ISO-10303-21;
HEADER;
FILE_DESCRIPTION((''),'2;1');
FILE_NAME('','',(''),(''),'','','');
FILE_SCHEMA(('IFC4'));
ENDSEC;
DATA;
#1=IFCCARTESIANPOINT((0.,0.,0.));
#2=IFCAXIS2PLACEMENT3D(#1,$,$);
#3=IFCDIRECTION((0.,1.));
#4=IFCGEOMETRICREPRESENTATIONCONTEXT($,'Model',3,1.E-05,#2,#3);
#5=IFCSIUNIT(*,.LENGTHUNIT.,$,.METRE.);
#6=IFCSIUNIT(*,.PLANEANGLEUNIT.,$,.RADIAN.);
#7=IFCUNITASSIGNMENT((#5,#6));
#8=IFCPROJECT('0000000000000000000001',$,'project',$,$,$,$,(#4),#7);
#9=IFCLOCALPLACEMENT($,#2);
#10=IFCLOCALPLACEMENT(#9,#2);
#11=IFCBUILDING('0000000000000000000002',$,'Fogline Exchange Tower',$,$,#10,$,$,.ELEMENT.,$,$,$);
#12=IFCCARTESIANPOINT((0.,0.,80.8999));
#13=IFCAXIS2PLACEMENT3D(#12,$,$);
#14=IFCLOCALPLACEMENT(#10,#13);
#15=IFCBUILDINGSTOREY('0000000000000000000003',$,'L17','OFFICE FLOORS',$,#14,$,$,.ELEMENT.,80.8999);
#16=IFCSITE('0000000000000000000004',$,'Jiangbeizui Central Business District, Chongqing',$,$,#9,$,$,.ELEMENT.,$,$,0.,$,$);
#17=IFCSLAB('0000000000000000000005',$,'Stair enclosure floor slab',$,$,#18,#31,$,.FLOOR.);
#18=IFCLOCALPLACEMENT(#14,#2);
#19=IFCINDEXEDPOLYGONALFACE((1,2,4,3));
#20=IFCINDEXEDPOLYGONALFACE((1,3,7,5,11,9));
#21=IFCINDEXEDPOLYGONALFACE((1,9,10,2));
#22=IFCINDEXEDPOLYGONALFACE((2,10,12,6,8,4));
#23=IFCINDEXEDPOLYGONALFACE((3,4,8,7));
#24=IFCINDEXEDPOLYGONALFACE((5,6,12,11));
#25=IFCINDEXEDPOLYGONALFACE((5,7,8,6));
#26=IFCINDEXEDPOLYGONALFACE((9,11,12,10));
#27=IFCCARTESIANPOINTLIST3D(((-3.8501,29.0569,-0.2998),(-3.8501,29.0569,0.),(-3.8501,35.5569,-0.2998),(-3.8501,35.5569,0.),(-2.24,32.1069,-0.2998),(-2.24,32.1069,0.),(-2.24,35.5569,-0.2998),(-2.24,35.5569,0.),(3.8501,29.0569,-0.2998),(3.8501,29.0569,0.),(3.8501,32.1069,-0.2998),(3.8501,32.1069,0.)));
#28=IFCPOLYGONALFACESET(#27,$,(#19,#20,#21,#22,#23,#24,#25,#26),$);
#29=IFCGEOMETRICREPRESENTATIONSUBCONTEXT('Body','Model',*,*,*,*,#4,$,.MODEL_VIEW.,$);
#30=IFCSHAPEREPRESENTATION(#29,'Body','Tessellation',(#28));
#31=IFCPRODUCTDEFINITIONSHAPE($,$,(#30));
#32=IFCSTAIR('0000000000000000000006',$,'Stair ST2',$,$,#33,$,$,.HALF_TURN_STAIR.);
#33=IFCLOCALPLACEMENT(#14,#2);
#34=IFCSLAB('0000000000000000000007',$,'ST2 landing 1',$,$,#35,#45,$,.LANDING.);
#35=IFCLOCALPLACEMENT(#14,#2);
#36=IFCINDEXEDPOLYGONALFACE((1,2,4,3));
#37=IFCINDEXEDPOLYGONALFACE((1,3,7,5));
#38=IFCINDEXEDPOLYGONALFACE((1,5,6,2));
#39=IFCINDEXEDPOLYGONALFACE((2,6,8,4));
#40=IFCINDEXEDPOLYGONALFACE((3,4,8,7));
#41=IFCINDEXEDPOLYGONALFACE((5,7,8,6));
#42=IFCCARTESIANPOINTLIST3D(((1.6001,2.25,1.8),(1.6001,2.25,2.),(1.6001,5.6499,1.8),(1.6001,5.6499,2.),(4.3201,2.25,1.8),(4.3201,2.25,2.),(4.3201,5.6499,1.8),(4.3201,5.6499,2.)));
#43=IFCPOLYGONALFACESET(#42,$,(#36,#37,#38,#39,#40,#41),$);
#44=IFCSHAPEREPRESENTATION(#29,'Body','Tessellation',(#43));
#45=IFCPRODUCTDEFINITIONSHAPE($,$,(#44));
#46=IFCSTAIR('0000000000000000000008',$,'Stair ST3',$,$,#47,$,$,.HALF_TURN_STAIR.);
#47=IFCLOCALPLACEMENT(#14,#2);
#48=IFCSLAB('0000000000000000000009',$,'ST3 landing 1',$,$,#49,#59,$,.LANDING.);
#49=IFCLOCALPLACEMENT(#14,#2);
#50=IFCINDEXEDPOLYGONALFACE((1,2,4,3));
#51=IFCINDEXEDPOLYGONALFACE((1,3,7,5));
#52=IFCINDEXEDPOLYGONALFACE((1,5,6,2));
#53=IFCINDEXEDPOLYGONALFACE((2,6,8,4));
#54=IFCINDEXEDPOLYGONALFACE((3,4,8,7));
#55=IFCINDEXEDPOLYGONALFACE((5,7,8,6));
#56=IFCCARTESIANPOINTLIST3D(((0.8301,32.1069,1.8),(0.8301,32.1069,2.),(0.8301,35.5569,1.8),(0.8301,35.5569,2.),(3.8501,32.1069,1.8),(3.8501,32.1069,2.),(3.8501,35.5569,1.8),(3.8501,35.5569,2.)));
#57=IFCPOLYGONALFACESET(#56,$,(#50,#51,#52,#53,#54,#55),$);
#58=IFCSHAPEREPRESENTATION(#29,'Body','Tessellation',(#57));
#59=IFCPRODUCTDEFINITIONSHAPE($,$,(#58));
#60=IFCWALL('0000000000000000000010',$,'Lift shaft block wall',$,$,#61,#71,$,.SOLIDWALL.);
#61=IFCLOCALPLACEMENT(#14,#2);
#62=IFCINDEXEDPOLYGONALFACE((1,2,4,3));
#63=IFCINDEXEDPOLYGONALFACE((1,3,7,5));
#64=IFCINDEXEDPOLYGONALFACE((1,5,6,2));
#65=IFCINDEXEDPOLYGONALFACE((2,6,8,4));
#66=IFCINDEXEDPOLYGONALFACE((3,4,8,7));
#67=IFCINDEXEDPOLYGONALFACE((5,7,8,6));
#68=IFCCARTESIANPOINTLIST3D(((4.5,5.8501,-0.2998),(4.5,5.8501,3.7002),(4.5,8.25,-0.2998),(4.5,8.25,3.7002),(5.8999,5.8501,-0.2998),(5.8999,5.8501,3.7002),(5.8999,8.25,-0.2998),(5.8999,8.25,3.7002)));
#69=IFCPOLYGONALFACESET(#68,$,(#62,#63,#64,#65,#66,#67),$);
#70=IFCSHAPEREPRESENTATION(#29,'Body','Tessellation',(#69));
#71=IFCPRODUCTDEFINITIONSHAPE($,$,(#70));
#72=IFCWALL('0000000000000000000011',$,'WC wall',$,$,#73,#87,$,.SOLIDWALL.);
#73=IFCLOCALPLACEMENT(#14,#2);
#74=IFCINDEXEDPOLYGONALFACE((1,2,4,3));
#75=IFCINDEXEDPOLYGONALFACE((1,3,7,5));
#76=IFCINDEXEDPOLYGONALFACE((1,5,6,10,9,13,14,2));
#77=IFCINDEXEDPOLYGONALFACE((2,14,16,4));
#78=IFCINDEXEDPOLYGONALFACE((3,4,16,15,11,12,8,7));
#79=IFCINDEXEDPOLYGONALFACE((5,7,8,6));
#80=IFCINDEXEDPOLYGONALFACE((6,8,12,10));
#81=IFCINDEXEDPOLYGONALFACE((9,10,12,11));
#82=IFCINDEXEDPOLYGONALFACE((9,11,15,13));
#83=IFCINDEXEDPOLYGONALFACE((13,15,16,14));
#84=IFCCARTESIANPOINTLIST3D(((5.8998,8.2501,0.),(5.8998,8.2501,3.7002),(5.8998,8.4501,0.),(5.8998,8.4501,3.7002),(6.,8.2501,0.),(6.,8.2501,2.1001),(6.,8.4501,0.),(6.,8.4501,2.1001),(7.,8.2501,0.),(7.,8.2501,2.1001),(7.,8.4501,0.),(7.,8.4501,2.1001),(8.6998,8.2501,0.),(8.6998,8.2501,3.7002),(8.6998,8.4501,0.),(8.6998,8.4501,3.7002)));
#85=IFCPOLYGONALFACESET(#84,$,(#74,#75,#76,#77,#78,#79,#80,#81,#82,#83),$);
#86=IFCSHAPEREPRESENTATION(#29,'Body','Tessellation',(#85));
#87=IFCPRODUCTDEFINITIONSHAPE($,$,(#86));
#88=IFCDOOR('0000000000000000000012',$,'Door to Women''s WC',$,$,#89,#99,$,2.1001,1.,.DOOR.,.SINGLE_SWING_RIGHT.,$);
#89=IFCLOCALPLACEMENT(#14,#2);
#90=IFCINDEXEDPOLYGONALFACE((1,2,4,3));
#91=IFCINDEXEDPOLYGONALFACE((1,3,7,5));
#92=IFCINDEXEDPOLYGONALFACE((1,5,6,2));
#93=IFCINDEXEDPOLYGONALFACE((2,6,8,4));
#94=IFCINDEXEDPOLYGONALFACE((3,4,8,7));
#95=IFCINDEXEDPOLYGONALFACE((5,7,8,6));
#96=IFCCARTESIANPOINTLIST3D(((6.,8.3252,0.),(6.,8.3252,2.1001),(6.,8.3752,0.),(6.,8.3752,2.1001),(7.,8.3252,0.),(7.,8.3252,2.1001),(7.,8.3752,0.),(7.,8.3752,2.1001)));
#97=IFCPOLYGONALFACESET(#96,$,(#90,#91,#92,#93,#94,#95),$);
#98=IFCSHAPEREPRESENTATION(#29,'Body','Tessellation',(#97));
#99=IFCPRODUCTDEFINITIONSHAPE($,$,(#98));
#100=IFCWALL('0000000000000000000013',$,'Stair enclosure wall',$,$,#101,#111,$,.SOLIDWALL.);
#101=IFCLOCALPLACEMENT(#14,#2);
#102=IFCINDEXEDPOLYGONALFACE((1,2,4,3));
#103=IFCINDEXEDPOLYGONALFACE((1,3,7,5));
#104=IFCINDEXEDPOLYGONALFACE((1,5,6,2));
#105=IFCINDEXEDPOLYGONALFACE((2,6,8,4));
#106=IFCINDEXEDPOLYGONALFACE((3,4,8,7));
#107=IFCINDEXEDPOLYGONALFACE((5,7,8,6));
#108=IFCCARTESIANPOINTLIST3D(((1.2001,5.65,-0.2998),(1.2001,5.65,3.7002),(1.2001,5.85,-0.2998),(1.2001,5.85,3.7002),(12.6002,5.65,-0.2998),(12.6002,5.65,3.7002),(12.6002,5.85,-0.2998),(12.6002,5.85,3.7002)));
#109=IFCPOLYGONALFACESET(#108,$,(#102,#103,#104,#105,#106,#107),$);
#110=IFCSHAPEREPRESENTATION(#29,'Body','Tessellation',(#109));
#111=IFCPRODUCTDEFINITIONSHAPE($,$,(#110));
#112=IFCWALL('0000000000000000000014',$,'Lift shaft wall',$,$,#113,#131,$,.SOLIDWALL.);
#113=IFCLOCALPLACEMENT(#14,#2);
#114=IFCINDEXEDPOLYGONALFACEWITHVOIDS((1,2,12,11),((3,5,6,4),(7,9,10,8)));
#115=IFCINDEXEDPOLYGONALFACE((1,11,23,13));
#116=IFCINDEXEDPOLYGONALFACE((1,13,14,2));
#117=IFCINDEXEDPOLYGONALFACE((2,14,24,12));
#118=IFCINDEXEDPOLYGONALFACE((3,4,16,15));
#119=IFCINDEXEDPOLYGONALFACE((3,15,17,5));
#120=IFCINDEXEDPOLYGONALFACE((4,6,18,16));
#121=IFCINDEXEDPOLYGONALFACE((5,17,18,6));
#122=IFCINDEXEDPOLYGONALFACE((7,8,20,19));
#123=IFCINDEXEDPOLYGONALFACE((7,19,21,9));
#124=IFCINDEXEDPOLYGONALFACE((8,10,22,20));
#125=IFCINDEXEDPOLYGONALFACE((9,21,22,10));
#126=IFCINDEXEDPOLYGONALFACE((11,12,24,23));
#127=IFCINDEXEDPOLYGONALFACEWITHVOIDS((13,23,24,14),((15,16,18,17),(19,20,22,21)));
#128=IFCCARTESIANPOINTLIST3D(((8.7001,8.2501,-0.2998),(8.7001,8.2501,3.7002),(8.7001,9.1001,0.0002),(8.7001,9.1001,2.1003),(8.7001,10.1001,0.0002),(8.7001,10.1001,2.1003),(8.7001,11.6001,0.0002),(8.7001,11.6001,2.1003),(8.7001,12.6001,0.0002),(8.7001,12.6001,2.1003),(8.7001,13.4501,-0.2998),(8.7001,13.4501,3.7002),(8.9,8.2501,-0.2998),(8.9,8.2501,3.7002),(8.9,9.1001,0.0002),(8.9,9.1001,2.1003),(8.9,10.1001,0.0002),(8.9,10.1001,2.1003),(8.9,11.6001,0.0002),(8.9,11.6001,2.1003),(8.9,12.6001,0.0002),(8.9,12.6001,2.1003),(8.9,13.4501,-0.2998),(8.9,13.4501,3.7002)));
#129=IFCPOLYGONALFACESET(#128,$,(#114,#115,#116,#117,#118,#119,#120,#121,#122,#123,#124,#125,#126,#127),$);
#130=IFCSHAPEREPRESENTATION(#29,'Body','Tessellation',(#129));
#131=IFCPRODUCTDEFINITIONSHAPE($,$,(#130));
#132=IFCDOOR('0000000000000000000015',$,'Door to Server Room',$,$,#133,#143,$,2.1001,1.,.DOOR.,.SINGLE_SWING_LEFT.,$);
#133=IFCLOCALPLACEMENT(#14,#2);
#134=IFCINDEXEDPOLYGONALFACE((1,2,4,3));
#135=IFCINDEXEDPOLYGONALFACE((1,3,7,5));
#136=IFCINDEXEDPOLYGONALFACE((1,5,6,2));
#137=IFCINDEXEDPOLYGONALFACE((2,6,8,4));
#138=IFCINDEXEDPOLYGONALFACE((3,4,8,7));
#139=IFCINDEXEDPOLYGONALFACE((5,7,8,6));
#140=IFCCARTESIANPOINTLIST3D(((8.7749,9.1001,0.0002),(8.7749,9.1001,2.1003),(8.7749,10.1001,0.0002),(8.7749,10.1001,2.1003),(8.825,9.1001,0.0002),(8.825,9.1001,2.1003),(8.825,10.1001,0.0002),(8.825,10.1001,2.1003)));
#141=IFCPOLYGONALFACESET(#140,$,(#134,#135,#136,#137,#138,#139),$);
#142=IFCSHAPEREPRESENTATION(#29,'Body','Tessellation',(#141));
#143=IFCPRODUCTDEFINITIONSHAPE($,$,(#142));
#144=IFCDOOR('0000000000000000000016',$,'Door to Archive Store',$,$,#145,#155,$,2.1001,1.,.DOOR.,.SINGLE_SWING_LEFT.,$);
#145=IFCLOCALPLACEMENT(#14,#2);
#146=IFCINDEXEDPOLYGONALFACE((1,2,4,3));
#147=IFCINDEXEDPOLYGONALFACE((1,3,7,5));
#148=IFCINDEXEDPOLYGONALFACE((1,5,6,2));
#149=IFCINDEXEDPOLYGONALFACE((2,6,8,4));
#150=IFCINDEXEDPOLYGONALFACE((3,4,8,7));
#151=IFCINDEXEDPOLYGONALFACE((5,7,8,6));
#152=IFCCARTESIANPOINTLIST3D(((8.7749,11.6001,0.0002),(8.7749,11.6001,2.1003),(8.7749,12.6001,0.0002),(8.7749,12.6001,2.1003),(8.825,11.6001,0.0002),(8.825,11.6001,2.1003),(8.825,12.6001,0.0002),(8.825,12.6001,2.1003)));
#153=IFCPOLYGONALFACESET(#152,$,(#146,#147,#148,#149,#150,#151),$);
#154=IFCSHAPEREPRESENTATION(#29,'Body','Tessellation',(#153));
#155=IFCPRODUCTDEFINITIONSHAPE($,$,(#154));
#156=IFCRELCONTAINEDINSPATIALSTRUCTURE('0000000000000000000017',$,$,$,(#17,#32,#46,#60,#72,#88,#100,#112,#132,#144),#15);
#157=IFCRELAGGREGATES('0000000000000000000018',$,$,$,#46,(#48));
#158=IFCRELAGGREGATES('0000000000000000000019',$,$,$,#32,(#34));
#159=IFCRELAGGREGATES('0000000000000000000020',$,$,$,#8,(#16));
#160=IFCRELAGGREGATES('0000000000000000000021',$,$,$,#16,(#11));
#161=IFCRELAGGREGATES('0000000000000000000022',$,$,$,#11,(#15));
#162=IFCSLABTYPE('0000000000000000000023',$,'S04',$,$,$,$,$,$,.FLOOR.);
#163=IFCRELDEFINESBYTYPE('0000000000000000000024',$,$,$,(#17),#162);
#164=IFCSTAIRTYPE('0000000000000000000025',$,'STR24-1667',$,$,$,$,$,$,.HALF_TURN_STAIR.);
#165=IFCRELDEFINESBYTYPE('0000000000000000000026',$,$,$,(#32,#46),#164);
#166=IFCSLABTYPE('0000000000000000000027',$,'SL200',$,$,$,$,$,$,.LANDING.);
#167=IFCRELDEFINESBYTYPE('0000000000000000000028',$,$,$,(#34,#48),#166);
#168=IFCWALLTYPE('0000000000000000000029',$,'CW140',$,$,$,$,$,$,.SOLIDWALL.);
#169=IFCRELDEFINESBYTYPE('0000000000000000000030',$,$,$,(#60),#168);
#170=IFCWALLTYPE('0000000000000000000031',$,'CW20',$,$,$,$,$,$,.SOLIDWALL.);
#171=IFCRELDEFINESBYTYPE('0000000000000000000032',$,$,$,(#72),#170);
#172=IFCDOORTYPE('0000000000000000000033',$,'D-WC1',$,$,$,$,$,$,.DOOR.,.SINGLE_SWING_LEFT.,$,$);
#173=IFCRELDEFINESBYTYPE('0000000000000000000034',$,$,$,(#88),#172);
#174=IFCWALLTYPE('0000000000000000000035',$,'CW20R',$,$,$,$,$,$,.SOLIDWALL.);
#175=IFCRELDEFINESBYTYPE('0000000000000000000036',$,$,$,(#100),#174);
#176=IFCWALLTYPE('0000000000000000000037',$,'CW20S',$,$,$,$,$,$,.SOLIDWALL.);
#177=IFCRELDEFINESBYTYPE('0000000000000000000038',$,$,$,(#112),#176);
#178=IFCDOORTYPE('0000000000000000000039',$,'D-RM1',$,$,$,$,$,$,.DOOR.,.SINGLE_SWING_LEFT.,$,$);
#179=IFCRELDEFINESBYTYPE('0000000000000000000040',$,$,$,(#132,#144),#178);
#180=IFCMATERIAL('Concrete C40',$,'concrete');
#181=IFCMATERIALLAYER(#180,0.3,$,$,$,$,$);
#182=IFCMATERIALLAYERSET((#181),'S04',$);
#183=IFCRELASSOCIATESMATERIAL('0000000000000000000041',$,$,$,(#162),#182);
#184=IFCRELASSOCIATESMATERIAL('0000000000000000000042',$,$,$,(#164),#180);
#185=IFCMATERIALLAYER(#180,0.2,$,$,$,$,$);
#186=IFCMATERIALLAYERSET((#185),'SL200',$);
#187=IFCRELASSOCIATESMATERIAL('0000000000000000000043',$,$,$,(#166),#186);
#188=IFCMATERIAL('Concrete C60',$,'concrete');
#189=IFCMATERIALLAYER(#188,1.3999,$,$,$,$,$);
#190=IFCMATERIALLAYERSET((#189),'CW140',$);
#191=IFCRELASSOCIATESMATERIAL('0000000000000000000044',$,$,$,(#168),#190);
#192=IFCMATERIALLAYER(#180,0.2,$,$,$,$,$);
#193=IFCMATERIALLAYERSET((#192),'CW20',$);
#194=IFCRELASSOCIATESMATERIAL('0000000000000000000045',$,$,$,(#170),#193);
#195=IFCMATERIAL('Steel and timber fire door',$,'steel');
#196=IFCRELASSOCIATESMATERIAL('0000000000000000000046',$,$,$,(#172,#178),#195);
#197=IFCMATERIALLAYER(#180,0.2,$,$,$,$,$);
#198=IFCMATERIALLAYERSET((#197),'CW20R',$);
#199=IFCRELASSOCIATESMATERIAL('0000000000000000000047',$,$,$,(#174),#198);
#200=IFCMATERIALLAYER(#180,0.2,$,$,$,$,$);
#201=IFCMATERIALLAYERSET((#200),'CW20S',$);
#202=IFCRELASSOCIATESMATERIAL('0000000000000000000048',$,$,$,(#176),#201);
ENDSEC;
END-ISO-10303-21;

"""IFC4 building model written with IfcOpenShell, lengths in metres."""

from ifc_helpers import new_model, si_unit, direction, frame, frame_2d, origin, place, context, subcontext, project, spatial, polyline, rectangle, outline, extrude, material, layer, layer_set, type_object, element, fill, aggregate, save


model = new_model("IFC4")

# Units and contexts
model_context = context("Model", 3, precision=1e-05, world=origin(), true_north=direction((0.0, 1.0)))
body_context = subcontext(model_context, "Body", "Model", "MODEL_VIEW")
ifc_project = project(units=[si_unit("LENGTHUNIT", "METRE"), si_unit("PLANEANGLEUNIT", "RADIAN")], contexts=[model_context])

# Site, building, storey
site_placement = place(None, origin())
site = spatial("IfcSite", under=ifc_project, at=site_placement, Name="Jiangbeizui Central Business District, Chongqing", CompositionType="ELEMENT", RefElevation=0.0)
building_placement = place(site_placement, origin())
building = spatial("IfcBuilding", under=site, at=building_placement, Name="Fogline Exchange Tower", CompositionType="ELEMENT")
storey_placement = place(building_placement, frame((0.0, 0.0, 80.8999)))
storey = spatial("IfcBuildingStorey", under=building, at=storey_placement, Name="L17", Description="OFFICE FLOORS", CompositionType="ELEMENT", Elevation=80.8999)

# Slab
ifc_material_1 = material(Name="Concrete C40", Category="concrete")
ifc_layer_1 = layer(ifc_material_1, 0.3)
ifc_layer_set_1 = layer_set([ifc_layer_1], Name="S04")
slab_type_1 = type_object("IfcSlabType", Name="S04", PredefinedType="FLOOR", material=ifc_layer_set_1)
slab_1_placement = place(storey_placement, frame((0.0, 0.0, -0.2998)))
element("IfcSlab", 1, at=slab_1_placement, inside=storey, type_object=slab_type_1, Name="Stair enclosure floor slab", PredefinedType="FLOOR", context=body_context, shape_type="SweptSolid", body=[
    extrude(outline(polyline([(3.8501, 29.0569), (-3.8501, 29.0569), (-3.8501, 35.5569), (-2.24, 35.5569), (-2.24, 32.1069), (3.8501, 32.1069), (3.8501, 29.0569)])), origin(), (0.0, 0.0, 1.0), 0.2998),
])

# Stairs, slabs
stair_type = type_object("IfcStairType", Name="STR24-1667", PredefinedType="HALF_TURN_STAIR", material=ifc_material_1)
stair_1_placement = place(storey_placement, origin())
stair_1 = element("IfcStair", 2, at=stair_1_placement, inside=storey, type_object=stair_type, Name="Stair ST2", PredefinedType="HALF_TURN_STAIR")
ifc_layer_2 = layer(ifc_material_1, 0.2)
ifc_layer_set_2 = layer_set([ifc_layer_2], Name="SL200")
slab_type_2 = type_object("IfcSlabType", Name="SL200", PredefinedType="LANDING", material=ifc_layer_set_2)
slab_2_placement = place(storey_placement, frame((0.0, 0.0, 1.8)))
slab_2 = element("IfcSlab", 3, at=slab_2_placement, type_object=slab_type_2, Name="ST2 landing 1", PredefinedType="LANDING", context=body_context, shape_type="SweptSolid", body=[
    extrude(outline(polyline([(1.6001, 2.25), (4.3201, 2.25), (4.3201, 5.6499), (1.6001, 5.6499), (1.6001, 2.25)])), origin(), (0.0, 0.0, 1.0), 0.2),
])
stair_2_placement = place(storey_placement, origin())
stair_2 = element("IfcStair", 4, at=stair_2_placement, inside=storey, type_object=stair_type, Name="Stair ST3", PredefinedType="HALF_TURN_STAIR")
slab_3_placement = place(storey_placement, frame((0.0, 0.0, 1.8)))
slab_3 = element("IfcSlab", 5, at=slab_3_placement, type_object=slab_type_2, Name="ST3 landing 1", PredefinedType="LANDING", context=body_context, shape_type="SweptSolid", body=[
    extrude(outline(polyline([(0.8301, 32.1069), (3.8501, 32.1069), (3.8501, 35.5569), (0.8301, 35.5569), (0.8301, 32.1069)])), origin(), (0.0, 0.0, 1.0), 0.2),
])
aggregate(stair_2, [slab_3])

# Wall
ifc_material_2 = material(Name="Concrete C60", Category="concrete")
ifc_layer_3 = layer(ifc_material_2, 1.3999)
ifc_layer_set_3 = layer_set([ifc_layer_3], Name="CW140")
wall_type_1 = type_object("IfcWallType", Name="CW140", PredefinedType="SOLIDWALL", material=ifc_layer_set_3)
wall_1_placement = place(storey_placement, frame((5.2, 5.8501, -0.2998), z_axis=(0.0, 0.0, 1.0), x_axis=(0.0, 1.0, 0.0)))
element("IfcWall", 6, at=wall_1_placement, inside=storey, type_object=wall_type_1, Name="Lift shaft block wall", PredefinedType="SOLIDWALL", context=body_context, shape_type="SweptSolid", body=[
    extrude(rectangle(XDim=2.3999, YDim=1.3999, at=frame_2d((1.2, 0.0))), origin(), (0.0, 0.0, 1.0), 4.0),
])

# Wall, opening, door
ifc_layer_4 = layer(ifc_material_1, 0.2)
ifc_layer_set_4 = layer_set([ifc_layer_4], Name="CW20")
wall_type_2 = type_object("IfcWallType", Name="CW20", PredefinedType="SOLIDWALL", material=ifc_layer_set_4)
wall_2_placement = place(storey_placement, frame((5.8999, 8.3501, 0.0), z_axis=(0.0, 0.0, 1.0), x_axis=(1.0, 0.0, 0.0)))
wall_2 = element("IfcWall", 7, at=wall_2_placement, inside=storey, type_object=wall_type_2, Name="WC wall", PredefinedType="SOLIDWALL", context=body_context, shape_type="SweptSolid", body=[
    extrude(rectangle(XDim=2.8, YDim=0.2, at=frame_2d((1.3999, 0.0))), origin(), (0.0, 0.0, 1.0), 3.7002),
])
opening_1_placement = place(wall_2_placement, frame((0.1001, 0.0, 0.0)))
opening_1 = element("IfcOpeningElement", 8, at=opening_1_placement, cuts=wall_2, PredefinedType="OPENING", context=body_context, shape_type="SweptSolid", body=[
    extrude(rectangle(XDim=1.0, YDim=2.1001, at=frame_2d((0.5, 1.05))), frame((0.0, 0.1099, 0.0), z_axis=(0.0, -1.0, 0.0), x_axis=(1.0, 0.0, 0.0)), (0.0, 0.0, 1.0), 0.22),
])
ifc_material_3 = material(Name="Steel and timber fire door", Category="steel")
door_type_1 = type_object("IfcDoorType", Name="D-WC1", OperationType="SINGLE_SWING_LEFT", PredefinedType="DOOR", material=ifc_material_3)
door_1_placement = place(opening_1_placement, frame((1.0, 0.0, 0.0), z_axis=(0.0, 0.0, 1.0), x_axis=(-1.0, 0.0, 0.0)))
door_1 = element("IfcDoor", 9, at=door_1_placement, inside=storey, type_object=door_type_1, Name="Door to Women's WC", OperationType="SINGLE_SWING_RIGHT", OverallHeight=2.1001, OverallWidth=1.0, PredefinedType="DOOR", context=body_context, shape_type="SweptSolid", body=[
    extrude(rectangle(XDim=1.0, YDim=2.1001, at=frame_2d((0.5, 1.05))), frame((0.0, 0.0249, 0.0), z_axis=(0.0, -1.0, 0.0), x_axis=(1.0, 0.0, 0.0)), (0.0, 0.0, 1.0), 0.05),
])
fill(opening_1, door_1)

# Wall
ifc_layer_5 = layer(ifc_material_1, 0.2)
ifc_layer_set_5 = layer_set([ifc_layer_5], Name="CW20R")
wall_type_3 = type_object("IfcWallType", Name="CW20R", PredefinedType="SOLIDWALL", material=ifc_layer_set_5)
wall_3_placement = place(storey_placement, frame((1.2, 5.75, -0.2998), z_axis=(0.0, 0.0, 1.0), x_axis=(1.0, 0.0, 0.0)))
element("IfcWall", 10, at=wall_3_placement, inside=storey, type_object=wall_type_3, Name="Stair enclosure wall", PredefinedType="SOLIDWALL", context=body_context, shape_type="SweptSolid", body=[
    extrude(rectangle(XDim=11.4001, YDim=0.2, at=frame_2d((5.7002, 0.0))), origin(), (0.0, 0.0, 1.0), 4.0),
])

# Wall, openings, doors
ifc_layer_6 = layer(ifc_material_1, 0.2)
ifc_layer_set_6 = layer_set([ifc_layer_6], Name="CW20S")
wall_type_4 = type_object("IfcWallType", Name="CW20S", PredefinedType="SOLIDWALL", material=ifc_layer_set_6)
wall_4_placement = place(storey_placement, frame((8.8, 8.25, -0.2998), z_axis=(0.0, 0.0, 1.0), x_axis=(0.0, 1.0, 0.0)))
wall_4 = element("IfcWall", 11, at=wall_4_placement, inside=storey, type_object=wall_type_4, Name="Lift shaft wall", PredefinedType="SOLIDWALL", context=body_context, shape_type="SweptSolid", body=[
    extrude(rectangle(XDim=5.2, YDim=0.2, at=frame_2d((2.6001, 0.0))), origin(), (0.0, 0.0, 1.0), 4.0),
])
opening_2_placement = place(wall_4_placement, frame((0.8501, 0.0, 0.3)))
opening_2 = element("IfcOpeningElement", 12, at=opening_2_placement, cuts=wall_4, PredefinedType="OPENING", context=body_context, shape_type="SweptSolid", body=[
    extrude(rectangle(XDim=1.0, YDim=2.1001, at=frame_2d((0.5, 1.05))), frame((0.0, 0.1099, 0.0), z_axis=(0.0, -1.0, 0.0), x_axis=(1.0, 0.0, 0.0)), (0.0, 0.0, 1.0), 0.22),
])
opening_3_placement = place(wall_4_placement, frame((3.3501, 0.0, 0.3)))
opening_3 = element("IfcOpeningElement", 13, at=opening_3_placement, cuts=wall_4, PredefinedType="OPENING", context=body_context, shape_type="SweptSolid", body=[
    extrude(rectangle(XDim=1.0, YDim=2.1001, at=frame_2d((0.5, 1.05))), frame((0.0, 0.1099, 0.0), z_axis=(0.0, -1.0, 0.0), x_axis=(1.0, 0.0, 0.0)), (0.0, 0.0, 1.0), 0.22),
])
door_type_2 = type_object("IfcDoorType", Name="D-RM1", OperationType="SINGLE_SWING_LEFT", PredefinedType="DOOR", material=ifc_material_3)
door_2_placement = place(opening_2_placement, frame((1.0, 0.0, 0.0), z_axis=(0.0, 0.0, 1.0), x_axis=(-1.0, 0.0, 0.0)))
door_2 = element("IfcDoor", 14, at=door_2_placement, inside=storey, type_object=door_type_2, Name="Door to Server Room", OperationType="SINGLE_SWING_LEFT", OverallHeight=2.1001, OverallWidth=1.0, PredefinedType="DOOR", context=body_context, shape_type="SweptSolid", body=[
    extrude(rectangle(XDim=1.0, YDim=2.1001, at=frame_2d((0.5, 1.05))), frame((0.0, 0.0249, 0.0), z_axis=(0.0, -1.0, 0.0), x_axis=(1.0, 0.0, 0.0)), (0.0, 0.0, 1.0), 0.05),
])
fill(opening_2, door_2)
door_3_placement = place(opening_3_placement, frame((1.0, 0.0, 0.0), z_axis=(0.0, 0.0, 1.0), x_axis=(-1.0, 0.0, 0.0)))
door_3 = element("IfcDoor", 15, at=door_3_placement, inside=storey, type_object=door_type_2, Name="Door to Archive Store", OperationType="SINGLE_SWING_LEFT", OverallHeight=2.1001, OverallWidth=1.0, PredefinedType="DOOR", context=body_context, shape_type="SweptSolid", body=[
    extrude(rectangle(XDim=1.0, YDim=2.1001, at=frame_2d((0.5, 1.05))), frame((0.0, 0.0249, 0.0), z_axis=(0.0, -1.0, 0.0), x_axis=(1.0, 0.0, 0.0)), (0.0, 0.0, 1.0), 0.05),
])
fill(opening_3, door_3)

aggregate(stair_1, [slab_2])

save(model, "model.ifc")
